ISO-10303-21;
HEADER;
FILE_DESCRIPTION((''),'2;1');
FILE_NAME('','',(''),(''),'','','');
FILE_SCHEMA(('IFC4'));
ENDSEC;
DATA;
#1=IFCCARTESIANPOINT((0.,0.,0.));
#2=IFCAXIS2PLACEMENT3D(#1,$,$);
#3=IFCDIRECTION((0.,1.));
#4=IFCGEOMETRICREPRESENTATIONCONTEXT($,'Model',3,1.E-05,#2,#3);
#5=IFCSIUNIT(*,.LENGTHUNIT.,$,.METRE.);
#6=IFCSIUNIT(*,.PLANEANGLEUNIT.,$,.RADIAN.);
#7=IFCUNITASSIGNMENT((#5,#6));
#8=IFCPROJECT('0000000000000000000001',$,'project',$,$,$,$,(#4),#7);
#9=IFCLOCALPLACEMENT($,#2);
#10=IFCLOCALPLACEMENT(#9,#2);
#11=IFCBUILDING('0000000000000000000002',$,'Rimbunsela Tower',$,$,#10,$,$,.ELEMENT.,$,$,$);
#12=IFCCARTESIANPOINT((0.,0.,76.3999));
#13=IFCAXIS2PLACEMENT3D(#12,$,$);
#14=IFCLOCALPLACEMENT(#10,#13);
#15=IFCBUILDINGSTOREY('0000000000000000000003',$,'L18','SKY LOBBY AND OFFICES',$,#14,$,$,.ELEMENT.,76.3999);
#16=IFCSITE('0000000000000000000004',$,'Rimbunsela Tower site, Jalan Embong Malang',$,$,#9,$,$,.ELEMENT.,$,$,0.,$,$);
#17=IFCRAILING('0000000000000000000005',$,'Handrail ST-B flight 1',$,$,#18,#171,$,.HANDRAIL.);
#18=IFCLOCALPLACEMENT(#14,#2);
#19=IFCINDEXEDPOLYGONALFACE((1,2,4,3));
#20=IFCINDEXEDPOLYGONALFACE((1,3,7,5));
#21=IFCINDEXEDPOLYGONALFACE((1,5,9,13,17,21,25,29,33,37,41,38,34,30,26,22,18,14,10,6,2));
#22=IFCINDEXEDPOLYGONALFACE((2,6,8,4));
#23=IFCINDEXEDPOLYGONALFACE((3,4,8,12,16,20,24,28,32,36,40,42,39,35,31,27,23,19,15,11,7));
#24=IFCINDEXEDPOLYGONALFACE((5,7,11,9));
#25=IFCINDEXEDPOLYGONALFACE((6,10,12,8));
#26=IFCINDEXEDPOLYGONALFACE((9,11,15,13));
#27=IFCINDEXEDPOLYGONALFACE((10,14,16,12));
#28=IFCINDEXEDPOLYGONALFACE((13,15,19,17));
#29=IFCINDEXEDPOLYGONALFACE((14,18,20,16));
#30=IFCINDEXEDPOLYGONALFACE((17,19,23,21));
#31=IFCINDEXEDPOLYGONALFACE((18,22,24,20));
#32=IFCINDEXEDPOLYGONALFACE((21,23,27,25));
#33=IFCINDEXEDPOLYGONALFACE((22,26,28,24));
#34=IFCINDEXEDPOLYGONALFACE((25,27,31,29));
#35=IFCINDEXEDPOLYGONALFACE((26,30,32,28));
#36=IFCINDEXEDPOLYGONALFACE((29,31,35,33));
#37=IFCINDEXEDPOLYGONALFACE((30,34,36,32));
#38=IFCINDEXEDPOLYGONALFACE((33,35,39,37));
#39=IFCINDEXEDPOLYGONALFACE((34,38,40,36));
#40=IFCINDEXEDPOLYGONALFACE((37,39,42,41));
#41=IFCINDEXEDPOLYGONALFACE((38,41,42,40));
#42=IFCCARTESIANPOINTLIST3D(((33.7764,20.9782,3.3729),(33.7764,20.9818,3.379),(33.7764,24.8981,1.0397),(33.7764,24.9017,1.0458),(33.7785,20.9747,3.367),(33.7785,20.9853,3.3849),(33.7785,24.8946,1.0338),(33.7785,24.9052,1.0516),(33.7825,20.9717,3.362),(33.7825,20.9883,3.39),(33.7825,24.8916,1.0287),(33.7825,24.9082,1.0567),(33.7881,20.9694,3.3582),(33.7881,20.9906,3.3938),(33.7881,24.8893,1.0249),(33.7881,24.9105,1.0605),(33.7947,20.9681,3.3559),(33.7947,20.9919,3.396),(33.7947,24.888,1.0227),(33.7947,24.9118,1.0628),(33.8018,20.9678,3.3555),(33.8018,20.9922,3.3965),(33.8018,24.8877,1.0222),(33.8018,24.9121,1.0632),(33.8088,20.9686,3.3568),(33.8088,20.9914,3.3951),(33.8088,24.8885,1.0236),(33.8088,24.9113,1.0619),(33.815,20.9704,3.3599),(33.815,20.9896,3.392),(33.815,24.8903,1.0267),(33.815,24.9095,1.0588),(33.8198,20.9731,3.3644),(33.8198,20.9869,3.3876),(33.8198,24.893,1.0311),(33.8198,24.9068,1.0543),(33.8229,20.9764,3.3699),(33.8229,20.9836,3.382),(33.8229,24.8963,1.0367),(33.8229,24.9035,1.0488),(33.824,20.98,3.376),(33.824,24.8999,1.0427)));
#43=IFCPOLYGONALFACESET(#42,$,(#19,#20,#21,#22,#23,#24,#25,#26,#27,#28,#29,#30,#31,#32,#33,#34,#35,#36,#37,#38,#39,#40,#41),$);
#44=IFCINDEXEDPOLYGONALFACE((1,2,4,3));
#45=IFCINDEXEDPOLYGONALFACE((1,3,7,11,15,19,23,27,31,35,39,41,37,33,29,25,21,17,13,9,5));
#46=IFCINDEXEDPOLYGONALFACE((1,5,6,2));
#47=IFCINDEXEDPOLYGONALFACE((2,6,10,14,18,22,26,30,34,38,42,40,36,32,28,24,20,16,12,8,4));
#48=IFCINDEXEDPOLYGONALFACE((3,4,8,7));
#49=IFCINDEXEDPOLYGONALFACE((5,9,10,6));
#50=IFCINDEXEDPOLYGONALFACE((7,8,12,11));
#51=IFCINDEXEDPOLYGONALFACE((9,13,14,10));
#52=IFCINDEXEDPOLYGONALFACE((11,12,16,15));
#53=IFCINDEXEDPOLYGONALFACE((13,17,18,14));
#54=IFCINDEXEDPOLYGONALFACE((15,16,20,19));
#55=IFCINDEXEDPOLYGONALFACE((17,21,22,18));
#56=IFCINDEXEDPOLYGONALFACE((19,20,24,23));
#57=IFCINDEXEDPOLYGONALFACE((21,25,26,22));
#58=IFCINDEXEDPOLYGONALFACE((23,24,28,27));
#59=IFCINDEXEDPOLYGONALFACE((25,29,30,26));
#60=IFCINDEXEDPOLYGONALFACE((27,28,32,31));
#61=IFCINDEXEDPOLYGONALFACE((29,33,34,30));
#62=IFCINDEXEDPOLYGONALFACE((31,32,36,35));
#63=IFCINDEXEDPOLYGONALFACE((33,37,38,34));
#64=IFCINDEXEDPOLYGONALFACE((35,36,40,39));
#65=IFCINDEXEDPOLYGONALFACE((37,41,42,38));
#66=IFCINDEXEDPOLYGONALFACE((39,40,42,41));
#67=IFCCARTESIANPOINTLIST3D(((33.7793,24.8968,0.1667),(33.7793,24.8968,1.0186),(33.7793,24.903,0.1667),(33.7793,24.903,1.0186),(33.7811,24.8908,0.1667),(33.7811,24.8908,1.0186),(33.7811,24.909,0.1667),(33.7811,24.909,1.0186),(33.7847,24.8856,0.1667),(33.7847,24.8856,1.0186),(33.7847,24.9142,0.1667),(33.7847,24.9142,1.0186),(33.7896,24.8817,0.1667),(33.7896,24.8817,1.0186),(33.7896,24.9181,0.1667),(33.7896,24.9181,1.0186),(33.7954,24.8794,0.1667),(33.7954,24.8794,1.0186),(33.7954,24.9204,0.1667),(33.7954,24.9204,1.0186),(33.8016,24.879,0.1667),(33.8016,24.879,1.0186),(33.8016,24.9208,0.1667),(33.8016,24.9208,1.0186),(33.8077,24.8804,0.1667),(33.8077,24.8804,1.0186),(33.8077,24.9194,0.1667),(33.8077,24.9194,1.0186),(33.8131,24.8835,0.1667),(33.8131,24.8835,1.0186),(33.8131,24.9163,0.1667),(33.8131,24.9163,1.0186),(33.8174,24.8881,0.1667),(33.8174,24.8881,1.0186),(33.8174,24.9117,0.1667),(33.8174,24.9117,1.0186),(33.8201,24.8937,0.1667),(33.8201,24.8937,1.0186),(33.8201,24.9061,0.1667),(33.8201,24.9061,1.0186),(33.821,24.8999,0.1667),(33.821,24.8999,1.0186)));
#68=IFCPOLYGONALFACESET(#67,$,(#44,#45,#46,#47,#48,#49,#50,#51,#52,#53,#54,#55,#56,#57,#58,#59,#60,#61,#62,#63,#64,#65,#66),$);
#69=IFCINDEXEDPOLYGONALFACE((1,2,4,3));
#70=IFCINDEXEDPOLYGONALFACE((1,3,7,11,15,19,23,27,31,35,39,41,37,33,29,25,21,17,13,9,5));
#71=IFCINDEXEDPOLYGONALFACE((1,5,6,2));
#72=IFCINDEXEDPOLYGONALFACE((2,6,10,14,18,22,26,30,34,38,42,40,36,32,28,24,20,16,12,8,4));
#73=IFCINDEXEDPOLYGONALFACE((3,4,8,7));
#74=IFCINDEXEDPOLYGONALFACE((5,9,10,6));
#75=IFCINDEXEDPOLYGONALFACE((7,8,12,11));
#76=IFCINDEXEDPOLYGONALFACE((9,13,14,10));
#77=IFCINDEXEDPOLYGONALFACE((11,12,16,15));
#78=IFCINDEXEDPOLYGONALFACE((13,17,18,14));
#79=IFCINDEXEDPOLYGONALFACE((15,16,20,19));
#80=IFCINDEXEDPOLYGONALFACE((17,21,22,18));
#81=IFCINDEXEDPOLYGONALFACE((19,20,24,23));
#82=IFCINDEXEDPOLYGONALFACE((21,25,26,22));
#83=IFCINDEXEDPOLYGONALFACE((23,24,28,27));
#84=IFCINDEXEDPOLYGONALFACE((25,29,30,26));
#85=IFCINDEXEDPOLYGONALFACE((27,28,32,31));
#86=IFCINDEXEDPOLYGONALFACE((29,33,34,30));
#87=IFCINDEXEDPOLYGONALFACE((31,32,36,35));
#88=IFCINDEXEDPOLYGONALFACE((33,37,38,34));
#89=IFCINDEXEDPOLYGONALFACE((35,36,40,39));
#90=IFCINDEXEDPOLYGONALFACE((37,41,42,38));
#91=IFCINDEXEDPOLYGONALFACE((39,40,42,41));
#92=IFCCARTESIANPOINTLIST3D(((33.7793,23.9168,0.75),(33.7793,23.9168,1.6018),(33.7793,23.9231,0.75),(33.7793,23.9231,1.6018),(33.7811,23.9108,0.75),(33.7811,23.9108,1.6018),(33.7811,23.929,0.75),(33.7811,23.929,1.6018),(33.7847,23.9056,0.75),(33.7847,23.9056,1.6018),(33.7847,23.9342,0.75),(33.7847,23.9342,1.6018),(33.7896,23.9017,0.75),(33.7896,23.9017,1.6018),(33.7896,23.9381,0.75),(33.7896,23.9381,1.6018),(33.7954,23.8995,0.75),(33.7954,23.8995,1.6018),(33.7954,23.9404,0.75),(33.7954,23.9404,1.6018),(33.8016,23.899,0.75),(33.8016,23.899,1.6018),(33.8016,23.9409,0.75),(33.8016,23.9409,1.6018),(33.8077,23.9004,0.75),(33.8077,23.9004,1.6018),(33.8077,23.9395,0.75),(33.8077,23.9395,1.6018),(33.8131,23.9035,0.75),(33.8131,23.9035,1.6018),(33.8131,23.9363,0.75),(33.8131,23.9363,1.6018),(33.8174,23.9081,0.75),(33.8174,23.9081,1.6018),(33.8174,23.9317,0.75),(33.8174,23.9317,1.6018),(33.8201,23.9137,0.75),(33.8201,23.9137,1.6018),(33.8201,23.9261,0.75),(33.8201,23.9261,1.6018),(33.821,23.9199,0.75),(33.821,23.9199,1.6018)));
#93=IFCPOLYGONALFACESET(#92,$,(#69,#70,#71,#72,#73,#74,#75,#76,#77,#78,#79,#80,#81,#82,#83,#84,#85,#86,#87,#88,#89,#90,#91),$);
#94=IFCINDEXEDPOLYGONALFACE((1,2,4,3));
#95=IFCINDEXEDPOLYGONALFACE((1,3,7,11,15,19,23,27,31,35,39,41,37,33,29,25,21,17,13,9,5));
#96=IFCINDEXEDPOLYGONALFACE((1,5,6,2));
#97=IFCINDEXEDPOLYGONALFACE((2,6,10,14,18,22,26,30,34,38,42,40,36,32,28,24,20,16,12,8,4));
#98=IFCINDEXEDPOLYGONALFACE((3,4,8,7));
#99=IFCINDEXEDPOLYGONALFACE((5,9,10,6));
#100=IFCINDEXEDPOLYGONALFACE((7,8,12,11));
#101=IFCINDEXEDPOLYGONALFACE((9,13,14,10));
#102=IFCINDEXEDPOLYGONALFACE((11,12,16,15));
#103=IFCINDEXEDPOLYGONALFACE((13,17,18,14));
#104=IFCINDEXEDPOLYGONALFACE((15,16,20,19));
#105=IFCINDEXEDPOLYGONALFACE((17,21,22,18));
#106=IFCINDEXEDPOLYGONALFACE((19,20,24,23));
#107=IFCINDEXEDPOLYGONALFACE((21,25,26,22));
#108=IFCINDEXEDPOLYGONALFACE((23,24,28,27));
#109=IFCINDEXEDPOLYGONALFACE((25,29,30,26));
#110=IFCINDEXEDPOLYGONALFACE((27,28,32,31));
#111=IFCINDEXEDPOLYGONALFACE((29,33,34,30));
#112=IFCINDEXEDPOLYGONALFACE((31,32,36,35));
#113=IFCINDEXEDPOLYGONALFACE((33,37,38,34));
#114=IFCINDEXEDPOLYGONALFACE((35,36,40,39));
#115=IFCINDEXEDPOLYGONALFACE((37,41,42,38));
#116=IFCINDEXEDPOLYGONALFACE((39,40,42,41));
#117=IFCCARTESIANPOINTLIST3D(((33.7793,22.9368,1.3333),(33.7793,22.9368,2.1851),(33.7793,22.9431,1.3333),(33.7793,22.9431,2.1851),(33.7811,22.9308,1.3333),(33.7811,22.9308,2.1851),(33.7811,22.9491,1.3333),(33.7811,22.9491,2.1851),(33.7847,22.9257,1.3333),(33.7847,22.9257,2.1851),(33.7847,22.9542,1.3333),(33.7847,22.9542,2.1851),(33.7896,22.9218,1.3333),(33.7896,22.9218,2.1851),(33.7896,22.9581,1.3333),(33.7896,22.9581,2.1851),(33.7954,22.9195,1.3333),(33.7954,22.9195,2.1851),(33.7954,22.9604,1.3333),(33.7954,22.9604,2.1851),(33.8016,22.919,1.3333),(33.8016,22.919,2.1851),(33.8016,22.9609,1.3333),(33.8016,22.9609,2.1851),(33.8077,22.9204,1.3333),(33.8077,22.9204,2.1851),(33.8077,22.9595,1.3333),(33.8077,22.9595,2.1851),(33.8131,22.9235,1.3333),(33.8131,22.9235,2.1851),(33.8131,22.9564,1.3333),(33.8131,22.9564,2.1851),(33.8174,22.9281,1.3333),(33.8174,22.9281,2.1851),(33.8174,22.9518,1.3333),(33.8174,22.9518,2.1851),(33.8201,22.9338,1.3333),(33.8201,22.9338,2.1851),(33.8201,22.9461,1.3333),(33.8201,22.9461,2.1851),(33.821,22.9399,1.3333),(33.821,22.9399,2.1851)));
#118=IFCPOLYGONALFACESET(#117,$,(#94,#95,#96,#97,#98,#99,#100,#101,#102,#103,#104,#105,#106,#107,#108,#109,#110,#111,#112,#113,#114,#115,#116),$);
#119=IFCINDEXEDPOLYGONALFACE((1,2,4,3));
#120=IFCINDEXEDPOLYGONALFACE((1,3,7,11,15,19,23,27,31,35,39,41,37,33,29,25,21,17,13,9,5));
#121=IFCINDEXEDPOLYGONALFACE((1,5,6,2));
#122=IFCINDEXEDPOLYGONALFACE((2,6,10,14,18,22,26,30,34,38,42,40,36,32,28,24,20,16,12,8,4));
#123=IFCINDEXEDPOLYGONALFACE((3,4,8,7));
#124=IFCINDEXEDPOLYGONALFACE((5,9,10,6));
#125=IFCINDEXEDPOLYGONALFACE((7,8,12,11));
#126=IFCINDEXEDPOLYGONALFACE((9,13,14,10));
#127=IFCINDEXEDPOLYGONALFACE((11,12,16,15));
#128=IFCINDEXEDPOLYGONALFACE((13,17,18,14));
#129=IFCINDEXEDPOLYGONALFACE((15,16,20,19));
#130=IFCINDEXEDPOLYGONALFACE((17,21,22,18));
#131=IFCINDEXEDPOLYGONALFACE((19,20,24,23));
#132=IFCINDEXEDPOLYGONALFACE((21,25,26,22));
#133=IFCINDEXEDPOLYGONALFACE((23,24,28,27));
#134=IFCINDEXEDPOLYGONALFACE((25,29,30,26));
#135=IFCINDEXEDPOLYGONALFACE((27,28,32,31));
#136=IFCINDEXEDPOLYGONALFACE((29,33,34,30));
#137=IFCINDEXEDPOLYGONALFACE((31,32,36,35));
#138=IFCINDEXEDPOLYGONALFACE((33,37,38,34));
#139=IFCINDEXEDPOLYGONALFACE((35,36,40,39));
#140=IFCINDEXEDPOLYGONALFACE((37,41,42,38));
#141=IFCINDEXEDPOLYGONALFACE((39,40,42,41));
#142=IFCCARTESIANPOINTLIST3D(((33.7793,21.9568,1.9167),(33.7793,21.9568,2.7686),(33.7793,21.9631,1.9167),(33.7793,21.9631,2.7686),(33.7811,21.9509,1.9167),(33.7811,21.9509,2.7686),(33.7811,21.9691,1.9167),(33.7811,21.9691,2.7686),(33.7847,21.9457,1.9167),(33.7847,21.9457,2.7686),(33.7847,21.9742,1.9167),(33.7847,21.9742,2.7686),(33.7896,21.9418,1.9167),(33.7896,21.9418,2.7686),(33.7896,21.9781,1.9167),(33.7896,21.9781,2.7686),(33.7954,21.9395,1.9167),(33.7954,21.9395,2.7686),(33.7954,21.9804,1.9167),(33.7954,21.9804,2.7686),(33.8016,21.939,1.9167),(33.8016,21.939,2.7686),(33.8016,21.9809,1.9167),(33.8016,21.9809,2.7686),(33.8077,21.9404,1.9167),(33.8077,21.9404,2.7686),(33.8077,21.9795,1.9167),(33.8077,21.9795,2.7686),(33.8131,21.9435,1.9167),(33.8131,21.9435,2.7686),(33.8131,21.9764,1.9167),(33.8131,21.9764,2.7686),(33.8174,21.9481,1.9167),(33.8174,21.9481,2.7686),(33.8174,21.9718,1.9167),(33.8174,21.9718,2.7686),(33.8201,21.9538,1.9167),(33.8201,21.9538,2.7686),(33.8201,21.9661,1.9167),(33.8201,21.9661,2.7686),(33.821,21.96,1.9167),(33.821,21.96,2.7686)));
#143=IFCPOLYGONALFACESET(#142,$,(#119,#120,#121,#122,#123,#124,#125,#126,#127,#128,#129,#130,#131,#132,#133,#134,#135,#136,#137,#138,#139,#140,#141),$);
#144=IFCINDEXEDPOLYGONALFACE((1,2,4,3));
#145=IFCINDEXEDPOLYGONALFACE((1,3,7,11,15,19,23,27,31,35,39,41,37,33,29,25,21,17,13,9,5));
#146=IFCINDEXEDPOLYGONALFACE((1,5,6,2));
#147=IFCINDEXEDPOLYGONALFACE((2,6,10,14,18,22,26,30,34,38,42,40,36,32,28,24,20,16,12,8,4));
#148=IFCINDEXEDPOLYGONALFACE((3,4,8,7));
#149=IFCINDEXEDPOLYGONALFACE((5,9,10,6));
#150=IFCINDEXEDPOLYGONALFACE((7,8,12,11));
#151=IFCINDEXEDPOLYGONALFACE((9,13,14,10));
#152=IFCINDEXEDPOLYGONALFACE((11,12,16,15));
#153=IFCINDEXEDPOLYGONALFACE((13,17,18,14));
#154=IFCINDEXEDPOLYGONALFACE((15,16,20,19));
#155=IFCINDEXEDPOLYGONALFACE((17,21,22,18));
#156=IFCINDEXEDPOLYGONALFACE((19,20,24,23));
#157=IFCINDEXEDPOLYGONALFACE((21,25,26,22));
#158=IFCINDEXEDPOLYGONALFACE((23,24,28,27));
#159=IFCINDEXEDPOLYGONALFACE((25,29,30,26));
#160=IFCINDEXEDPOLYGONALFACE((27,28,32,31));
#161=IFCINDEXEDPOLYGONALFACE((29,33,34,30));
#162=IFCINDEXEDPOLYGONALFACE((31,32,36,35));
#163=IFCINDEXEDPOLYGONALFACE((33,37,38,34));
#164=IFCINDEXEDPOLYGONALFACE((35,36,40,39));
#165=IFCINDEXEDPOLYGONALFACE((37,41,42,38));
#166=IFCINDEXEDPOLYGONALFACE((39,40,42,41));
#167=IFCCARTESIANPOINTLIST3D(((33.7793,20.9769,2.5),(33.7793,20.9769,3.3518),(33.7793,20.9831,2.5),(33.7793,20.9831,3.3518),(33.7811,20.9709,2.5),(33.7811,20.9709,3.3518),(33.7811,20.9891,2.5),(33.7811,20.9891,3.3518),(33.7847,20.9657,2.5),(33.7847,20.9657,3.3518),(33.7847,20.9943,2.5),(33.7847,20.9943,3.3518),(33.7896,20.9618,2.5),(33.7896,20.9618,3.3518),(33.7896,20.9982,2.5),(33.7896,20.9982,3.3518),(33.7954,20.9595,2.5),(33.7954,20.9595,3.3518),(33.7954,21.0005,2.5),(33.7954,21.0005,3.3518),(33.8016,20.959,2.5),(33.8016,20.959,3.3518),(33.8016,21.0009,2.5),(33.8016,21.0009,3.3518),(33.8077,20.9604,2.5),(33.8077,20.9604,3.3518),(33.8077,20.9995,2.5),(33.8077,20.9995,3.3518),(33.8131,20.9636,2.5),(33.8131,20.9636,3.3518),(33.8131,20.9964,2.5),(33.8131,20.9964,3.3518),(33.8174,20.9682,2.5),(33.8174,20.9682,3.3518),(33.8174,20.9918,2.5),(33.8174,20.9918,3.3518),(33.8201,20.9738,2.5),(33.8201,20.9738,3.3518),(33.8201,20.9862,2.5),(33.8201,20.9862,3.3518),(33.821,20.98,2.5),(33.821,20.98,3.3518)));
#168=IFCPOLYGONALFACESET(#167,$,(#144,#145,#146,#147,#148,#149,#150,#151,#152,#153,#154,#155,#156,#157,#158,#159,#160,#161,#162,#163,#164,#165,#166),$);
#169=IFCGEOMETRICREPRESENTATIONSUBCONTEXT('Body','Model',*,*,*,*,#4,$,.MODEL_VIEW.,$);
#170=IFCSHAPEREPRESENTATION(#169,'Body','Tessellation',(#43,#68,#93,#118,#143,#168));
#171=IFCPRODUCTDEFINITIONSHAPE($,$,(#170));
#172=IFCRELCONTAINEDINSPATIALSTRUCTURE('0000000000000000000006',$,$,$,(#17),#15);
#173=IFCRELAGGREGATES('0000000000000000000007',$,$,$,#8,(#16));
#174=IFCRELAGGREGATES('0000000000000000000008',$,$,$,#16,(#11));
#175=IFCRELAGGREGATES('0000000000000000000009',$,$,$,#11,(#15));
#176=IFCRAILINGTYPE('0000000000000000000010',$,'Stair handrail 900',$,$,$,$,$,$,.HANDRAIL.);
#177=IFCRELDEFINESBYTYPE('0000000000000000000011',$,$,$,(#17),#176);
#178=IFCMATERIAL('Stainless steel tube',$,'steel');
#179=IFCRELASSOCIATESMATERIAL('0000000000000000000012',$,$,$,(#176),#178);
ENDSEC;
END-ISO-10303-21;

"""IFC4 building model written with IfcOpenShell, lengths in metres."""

from ifc_helpers import new_model, si_unit, direction, frame, origin, origin_2d, place, context, subcontext, project, spatial, circle, extrude, material, type_object, element, save


model = new_model("IFC4")

# Units and contexts
model_context = context("Model", 3, precision=1e-05, world=origin(), true_north=direction((0.0, 1.0)))
body_context = subcontext(model_context, "Body", "Model", "MODEL_VIEW")
ifc_project = project(units=[si_unit("LENGTHUNIT", "METRE"), si_unit("PLANEANGLEUNIT", "RADIAN")], contexts=[model_context])

# Site, building, storey
site_placement = place(None, origin())
site = spatial("IfcSite", under=ifc_project, at=site_placement, Name="Rimbunsela Tower site, Jalan Embong Malang", CompositionType="ELEMENT", RefElevation=0.0)
building_placement = place(site_placement, origin())
building = spatial("IfcBuilding", under=site, at=building_placement, Name="Rimbunsela Tower", CompositionType="ELEMENT")
storey_placement = place(building_placement, frame((0.0, 0.0, 76.3999)))
storey = spatial("IfcBuildingStorey", under=building, at=storey_placement, Name="L18", Description="SKY LOBBY AND OFFICES", CompositionType="ELEMENT", Elevation=76.3999)

# Railing
ifc_material_1 = material(Name="Stainless steel tube", Category="steel")
railing_type = type_object("IfcRailingType", Name="Stair handrail 900", PredefinedType="HANDRAIL", material=ifc_material_1)
railing_placement = place(storey_placement, frame((33.8, 24.8999, 0.1667)))
element("IfcRailing", 1, at=railing_placement, inside=storey, type_object=railing_type, Name="Handrail ST-B flight 1", PredefinedType="HANDRAIL", context=body_context, shape_type="SweptSolid", body=[
    extrude(circle(Radius=0.0239, at=origin_2d()), frame((0.0, 0.0, 0.876), z_axis=(0.0, -0.859296, 0.511478), x_axis=(1.0, 0.0, 0.0)), (0.0, 0.0, 1.0), 4.5618),
    extrude(circle(Radius=0.021, at=origin_2d()), origin(), (0.0, 0.0, 1.0), 0.8518),
    extrude(circle(Radius=0.021, at=origin_2d()), frame((0.0, -0.98, 0.5833)), (0.0, 0.0, 1.0), 0.8518),
    extrude(circle(Radius=0.021, at=origin_2d()), frame((0.0, -1.96, 1.1665)), (0.0, 0.0, 1.0), 0.8518),
    extrude(circle(Radius=0.021, at=origin_2d()), frame((0.0, -2.9399, 1.75)), (0.0, 0.0, 1.0), 0.8518),
    extrude(circle(Radius=0.021, at=origin_2d()), frame((0.0, -3.9199, 2.3333)), (0.0, 0.0, 1.0), 0.8518),
])

save(model, "model.ifc")
